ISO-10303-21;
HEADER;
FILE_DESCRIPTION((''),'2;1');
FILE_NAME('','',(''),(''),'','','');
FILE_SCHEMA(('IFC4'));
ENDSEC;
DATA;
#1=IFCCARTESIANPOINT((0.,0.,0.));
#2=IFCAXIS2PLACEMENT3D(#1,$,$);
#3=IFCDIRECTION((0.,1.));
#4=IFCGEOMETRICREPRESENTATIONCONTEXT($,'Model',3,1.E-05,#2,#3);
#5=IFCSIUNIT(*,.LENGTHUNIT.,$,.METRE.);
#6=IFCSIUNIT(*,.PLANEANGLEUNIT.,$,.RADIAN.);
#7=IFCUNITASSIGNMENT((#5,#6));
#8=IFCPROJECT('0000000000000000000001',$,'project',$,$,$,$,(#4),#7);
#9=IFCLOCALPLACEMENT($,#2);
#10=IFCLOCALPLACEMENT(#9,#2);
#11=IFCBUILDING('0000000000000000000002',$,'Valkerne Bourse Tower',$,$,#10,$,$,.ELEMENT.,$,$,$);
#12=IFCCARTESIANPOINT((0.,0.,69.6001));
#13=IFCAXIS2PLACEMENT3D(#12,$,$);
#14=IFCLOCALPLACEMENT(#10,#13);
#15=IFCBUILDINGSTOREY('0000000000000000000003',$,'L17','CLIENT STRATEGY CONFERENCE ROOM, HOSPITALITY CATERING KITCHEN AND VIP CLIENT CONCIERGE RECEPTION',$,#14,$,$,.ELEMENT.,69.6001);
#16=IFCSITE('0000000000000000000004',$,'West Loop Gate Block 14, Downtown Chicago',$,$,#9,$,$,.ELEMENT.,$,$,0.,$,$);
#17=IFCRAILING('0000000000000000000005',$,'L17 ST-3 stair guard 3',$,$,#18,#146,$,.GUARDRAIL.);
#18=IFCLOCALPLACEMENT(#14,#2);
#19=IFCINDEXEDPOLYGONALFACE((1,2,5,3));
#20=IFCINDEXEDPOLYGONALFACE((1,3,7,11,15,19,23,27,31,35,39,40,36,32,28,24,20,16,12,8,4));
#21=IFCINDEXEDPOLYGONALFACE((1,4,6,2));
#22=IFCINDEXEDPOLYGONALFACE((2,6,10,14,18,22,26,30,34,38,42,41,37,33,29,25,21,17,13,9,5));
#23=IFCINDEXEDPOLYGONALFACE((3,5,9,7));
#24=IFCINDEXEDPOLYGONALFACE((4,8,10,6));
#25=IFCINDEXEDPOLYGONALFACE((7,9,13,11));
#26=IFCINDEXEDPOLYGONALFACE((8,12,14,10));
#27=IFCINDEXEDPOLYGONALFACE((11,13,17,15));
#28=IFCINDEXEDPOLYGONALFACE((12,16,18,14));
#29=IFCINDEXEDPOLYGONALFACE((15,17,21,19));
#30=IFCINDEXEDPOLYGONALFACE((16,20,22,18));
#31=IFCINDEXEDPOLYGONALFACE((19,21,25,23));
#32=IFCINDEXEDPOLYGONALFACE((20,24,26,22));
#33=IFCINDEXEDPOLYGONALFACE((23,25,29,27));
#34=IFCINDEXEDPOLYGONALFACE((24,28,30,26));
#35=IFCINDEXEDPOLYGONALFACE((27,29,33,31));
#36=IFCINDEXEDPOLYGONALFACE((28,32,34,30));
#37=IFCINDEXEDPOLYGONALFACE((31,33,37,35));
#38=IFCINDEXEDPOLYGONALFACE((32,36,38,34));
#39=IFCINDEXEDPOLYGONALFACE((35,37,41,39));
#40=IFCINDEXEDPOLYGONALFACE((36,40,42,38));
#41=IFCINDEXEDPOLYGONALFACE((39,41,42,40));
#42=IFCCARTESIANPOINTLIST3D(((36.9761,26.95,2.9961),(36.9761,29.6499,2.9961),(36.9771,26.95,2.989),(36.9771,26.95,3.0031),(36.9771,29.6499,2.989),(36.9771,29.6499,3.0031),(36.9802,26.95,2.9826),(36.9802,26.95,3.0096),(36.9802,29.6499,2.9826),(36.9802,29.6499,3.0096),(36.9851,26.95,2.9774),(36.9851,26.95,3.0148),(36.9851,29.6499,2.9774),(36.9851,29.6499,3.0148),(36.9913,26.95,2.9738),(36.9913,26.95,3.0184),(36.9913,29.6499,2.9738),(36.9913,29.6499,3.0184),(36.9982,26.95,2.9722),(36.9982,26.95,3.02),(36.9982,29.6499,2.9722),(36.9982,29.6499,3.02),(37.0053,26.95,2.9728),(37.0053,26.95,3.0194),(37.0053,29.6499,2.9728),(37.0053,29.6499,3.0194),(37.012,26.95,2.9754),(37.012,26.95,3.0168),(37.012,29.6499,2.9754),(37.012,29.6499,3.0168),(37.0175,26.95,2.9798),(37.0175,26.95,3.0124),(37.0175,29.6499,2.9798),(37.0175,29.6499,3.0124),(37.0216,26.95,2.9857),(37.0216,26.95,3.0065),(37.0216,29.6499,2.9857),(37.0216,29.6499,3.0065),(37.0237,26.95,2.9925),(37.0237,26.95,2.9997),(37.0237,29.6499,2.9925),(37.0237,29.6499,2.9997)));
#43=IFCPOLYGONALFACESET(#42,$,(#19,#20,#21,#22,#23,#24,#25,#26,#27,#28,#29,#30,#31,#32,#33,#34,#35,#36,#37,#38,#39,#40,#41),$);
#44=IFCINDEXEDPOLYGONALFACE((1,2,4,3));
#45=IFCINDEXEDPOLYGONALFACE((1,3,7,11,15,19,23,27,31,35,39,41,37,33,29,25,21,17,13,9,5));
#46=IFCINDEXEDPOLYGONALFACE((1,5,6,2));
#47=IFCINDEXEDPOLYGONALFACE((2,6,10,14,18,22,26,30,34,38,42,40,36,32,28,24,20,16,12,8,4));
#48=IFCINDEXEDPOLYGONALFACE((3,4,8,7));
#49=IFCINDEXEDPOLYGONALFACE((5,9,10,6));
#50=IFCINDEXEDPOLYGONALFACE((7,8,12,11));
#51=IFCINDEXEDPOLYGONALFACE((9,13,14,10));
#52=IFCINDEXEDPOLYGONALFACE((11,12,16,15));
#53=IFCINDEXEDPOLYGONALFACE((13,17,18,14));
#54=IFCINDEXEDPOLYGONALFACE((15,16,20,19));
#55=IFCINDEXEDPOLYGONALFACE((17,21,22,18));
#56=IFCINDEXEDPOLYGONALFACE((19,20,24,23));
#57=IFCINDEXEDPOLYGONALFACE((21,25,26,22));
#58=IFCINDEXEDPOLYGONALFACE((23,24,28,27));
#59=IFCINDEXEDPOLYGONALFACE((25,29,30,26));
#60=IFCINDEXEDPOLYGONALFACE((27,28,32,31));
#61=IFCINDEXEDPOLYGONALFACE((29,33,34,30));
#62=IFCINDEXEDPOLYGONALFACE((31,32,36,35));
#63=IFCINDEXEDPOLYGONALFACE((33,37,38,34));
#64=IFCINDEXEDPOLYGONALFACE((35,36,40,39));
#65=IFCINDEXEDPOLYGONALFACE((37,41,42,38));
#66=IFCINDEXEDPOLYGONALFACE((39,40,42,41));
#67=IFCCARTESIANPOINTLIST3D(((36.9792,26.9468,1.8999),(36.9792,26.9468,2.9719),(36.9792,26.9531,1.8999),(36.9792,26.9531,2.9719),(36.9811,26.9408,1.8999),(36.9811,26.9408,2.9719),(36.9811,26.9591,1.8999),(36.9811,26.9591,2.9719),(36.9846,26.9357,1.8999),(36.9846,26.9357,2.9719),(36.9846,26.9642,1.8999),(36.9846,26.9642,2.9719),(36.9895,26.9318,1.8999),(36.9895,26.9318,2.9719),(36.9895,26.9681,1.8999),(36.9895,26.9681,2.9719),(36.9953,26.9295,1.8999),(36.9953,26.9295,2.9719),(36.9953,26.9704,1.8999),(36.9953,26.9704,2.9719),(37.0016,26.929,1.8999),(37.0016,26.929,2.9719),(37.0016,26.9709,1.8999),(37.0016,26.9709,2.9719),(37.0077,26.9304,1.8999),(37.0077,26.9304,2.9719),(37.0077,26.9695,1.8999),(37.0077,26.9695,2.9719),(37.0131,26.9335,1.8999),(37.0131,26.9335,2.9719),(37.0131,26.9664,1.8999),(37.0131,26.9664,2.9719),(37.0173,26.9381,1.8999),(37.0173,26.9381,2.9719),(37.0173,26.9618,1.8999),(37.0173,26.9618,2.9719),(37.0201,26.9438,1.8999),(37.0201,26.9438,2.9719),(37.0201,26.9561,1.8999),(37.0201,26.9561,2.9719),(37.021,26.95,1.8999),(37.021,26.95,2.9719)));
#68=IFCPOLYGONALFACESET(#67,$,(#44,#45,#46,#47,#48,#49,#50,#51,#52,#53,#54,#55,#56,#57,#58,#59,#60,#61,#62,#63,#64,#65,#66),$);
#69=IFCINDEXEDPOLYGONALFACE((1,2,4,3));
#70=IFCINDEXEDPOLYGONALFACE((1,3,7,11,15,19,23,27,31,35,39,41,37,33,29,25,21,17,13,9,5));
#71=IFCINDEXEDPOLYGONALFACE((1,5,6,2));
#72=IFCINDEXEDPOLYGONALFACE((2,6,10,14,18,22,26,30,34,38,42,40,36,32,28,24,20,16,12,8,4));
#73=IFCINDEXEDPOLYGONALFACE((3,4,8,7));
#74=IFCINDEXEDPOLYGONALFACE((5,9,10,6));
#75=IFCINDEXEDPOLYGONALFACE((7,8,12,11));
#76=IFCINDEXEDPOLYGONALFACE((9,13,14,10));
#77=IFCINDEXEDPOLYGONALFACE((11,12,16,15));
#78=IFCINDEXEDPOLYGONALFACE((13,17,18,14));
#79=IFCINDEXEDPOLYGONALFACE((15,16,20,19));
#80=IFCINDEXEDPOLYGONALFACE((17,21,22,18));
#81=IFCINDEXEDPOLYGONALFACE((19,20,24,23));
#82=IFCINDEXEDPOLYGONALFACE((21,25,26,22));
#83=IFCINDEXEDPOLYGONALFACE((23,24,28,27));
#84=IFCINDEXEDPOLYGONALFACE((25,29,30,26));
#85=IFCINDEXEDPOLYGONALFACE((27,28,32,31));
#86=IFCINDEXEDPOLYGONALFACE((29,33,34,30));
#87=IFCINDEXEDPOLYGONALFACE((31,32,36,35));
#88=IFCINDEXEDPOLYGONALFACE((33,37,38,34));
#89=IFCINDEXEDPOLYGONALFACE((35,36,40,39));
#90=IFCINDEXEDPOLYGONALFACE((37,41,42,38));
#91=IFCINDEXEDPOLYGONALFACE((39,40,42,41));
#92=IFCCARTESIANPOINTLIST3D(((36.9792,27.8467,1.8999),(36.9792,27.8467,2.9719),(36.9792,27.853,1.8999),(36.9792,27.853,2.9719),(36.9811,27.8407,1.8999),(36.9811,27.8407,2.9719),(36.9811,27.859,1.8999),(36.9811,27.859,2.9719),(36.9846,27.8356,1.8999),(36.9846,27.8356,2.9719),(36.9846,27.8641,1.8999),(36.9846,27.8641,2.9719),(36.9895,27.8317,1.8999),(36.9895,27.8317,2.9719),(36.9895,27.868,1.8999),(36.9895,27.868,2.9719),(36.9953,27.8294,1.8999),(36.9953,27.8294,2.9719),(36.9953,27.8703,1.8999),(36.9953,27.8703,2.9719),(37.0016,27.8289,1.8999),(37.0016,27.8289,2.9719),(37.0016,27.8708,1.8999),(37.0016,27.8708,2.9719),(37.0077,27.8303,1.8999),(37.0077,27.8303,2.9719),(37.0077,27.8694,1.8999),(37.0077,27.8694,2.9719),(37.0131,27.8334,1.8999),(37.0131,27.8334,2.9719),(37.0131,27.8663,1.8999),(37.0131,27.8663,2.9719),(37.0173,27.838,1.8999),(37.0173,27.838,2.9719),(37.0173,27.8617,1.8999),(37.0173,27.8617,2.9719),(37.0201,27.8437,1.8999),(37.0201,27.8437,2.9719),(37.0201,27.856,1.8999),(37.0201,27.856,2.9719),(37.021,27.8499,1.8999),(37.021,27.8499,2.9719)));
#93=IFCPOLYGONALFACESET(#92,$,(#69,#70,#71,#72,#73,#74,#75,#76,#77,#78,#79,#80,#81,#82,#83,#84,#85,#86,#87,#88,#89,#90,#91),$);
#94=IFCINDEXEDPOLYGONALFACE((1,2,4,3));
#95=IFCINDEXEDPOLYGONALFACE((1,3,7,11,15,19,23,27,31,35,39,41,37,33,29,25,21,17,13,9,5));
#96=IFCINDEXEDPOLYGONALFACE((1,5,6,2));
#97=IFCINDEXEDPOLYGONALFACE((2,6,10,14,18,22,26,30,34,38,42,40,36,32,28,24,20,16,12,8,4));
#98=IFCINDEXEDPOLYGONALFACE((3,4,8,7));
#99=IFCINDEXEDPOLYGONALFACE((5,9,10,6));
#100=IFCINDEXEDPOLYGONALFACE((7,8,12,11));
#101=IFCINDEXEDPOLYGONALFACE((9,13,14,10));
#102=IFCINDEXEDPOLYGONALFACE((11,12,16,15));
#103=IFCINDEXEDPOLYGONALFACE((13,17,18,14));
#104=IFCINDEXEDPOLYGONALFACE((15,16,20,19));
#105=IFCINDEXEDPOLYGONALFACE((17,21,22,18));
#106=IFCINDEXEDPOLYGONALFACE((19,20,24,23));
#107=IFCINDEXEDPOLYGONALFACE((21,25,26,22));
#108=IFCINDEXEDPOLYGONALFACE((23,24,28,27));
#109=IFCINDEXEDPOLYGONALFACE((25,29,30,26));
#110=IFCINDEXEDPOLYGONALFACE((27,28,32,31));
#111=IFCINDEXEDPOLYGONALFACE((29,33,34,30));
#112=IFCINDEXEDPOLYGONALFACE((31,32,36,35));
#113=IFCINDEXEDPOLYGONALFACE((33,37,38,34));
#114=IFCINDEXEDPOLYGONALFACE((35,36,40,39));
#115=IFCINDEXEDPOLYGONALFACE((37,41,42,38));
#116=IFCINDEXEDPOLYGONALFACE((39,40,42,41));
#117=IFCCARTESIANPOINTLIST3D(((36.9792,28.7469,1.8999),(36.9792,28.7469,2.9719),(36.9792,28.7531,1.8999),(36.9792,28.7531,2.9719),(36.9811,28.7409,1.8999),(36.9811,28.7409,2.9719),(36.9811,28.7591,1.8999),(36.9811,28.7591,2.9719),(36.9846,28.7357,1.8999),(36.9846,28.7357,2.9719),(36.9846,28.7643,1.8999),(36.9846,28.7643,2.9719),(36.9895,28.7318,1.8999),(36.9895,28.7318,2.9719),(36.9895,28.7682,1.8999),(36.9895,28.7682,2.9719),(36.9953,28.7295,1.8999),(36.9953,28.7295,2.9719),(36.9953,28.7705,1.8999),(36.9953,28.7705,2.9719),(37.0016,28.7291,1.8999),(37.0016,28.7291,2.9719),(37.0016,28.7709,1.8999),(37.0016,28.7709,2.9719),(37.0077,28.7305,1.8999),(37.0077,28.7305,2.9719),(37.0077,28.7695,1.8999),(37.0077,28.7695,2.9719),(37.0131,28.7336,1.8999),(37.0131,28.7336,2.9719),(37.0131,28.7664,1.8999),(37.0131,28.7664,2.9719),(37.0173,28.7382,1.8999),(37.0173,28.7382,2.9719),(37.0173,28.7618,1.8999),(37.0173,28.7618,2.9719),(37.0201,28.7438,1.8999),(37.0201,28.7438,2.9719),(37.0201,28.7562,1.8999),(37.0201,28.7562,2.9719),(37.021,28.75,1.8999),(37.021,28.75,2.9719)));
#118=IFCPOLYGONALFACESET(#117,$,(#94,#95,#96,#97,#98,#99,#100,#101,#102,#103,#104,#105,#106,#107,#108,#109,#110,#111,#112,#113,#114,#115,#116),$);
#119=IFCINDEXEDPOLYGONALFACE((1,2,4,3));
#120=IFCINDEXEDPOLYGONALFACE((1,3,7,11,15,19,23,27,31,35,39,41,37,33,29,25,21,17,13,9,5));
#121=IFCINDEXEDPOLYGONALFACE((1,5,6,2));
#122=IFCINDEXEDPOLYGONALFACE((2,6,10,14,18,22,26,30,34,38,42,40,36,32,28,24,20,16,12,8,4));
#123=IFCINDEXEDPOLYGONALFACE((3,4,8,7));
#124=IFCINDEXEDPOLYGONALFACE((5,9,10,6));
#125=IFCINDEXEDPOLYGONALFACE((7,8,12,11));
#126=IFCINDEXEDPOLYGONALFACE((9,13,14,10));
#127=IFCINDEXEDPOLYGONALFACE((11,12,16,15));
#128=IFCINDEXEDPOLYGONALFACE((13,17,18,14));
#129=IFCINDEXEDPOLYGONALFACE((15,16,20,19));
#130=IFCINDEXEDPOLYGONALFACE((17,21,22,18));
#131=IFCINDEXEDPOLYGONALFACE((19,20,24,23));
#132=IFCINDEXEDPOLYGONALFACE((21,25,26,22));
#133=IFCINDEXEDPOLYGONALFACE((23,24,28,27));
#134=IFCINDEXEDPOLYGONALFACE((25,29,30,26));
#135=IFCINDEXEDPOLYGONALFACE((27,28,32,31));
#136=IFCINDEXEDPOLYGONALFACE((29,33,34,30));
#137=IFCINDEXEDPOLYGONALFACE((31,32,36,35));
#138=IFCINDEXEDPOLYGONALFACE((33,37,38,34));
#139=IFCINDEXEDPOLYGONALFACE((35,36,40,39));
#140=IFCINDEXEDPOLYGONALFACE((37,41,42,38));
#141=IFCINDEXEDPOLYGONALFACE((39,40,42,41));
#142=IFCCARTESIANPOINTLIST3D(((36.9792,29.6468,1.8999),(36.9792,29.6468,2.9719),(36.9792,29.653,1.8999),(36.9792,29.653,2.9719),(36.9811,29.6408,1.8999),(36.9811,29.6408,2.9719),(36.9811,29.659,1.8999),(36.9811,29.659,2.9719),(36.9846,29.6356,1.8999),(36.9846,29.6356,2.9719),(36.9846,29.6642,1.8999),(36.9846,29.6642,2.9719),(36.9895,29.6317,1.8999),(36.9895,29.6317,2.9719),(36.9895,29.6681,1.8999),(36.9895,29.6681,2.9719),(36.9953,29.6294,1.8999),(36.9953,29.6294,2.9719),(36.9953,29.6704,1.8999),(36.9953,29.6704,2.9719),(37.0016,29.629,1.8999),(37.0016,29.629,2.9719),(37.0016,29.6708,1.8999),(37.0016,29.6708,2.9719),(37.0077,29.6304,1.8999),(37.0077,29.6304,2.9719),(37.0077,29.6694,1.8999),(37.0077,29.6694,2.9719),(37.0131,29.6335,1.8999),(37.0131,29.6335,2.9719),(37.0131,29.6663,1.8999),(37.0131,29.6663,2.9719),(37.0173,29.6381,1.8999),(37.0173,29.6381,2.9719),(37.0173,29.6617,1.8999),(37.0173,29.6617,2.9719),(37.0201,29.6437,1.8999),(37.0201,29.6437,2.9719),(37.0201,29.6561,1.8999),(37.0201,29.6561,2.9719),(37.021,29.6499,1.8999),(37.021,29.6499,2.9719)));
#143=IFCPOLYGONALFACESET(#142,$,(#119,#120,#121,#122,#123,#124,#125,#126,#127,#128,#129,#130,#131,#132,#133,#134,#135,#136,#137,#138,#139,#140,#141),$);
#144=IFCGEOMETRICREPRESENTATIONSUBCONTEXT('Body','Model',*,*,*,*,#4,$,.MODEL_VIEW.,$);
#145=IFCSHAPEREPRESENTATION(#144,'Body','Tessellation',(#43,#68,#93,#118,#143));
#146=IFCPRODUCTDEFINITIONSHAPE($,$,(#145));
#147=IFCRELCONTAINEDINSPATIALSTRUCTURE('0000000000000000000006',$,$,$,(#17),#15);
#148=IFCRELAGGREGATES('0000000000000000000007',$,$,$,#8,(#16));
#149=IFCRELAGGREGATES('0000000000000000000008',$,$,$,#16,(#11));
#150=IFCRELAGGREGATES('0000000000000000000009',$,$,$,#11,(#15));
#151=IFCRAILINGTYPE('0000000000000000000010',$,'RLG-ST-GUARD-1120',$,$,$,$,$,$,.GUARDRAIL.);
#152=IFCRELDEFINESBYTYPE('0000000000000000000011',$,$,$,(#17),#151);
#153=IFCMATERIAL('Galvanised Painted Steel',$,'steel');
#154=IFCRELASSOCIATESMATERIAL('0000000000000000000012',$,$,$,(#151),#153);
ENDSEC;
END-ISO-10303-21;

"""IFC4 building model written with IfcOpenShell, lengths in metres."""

from ifc_helpers import new_model, si_unit, direction, frame, origin, origin_2d, place, context, subcontext, project, spatial, circle, extrude, material, type_object, element, save


model = new_model("IFC4")

# Units and contexts
model_context = context("Model", 3, precision=1e-05, world=origin(), true_north=direction((0.0, 1.0)))
body_context = subcontext(model_context, "Body", "Model", "MODEL_VIEW")
ifc_project = project(units=[si_unit("LENGTHUNIT", "METRE"), si_unit("PLANEANGLEUNIT", "RADIAN")], contexts=[model_context])

# Site, building, storey
site_placement = place(None, origin())
site = spatial("IfcSite", under=ifc_project, at=site_placement, Name="West Loop Gate Block 14, Downtown Chicago", CompositionType="ELEMENT", RefElevation=0.0)
building_placement = place(site_placement, origin())
building = spatial("IfcBuilding", under=site, at=building_placement, Name="Valkerne Bourse Tower", CompositionType="ELEMENT")
storey_placement = place(building_placement, frame((0.0, 0.0, 69.6001)))
storey = spatial("IfcBuildingStorey", under=building, at=storey_placement, Name="L17", Description="CLIENT STRATEGY CONFERENCE ROOM, HOSPITALITY CATERING KITCHEN AND VIP CLIENT CONCIERGE RECEPTION", CompositionType="ELEMENT", Elevation=69.6001)

# Shared definitions
ifc_material_1 = material(Name="Galvanised Painted Steel", Category="steel")

# Railing
railing_type_1 = type_object("IfcRailingType", Name="RLG-ST-GUARD-1120", PredefinedType="GUARDRAIL", material=ifc_material_1)
railing_1_placement = place(storey_placement, frame((37.0, 26.95, 1.8999)))
element("IfcRailing", 1, at=railing_1_placement, inside=storey, type_object=railing_type_1, Name="L17 ST-3 stair guard 3", PredefinedType="GUARDRAIL", context=body_context, shape_type="SweptSolid", body=[
    extrude(circle(Radius=0.0239, at=origin_2d()), frame((0.0, 0.0, 1.0962), z_axis=(0.0, 1.0, 0.0), x_axis=(-1.0, 0.0, 0.0)), (0.0, 0.0, 1.0), 2.7),
    extrude(circle(Radius=0.021, at=origin_2d()), origin(), (0.0, 0.0, 1.0), 1.072),
    extrude(circle(Radius=0.021, at=origin_2d()), frame((0.0, 0.8999, 0.0)), (0.0, 0.0, 1.0), 1.072),
    extrude(circle(Radius=0.021, at=origin_2d()), frame((0.0, 1.8, 0.0)), (0.0, 0.0, 1.0), 1.072),
    extrude(circle(Radius=0.021, at=origin_2d()), frame((0.0, 2.7, 0.0)), (0.0, 0.0, 1.0), 1.072),
])

save(model, "model.ifc")
